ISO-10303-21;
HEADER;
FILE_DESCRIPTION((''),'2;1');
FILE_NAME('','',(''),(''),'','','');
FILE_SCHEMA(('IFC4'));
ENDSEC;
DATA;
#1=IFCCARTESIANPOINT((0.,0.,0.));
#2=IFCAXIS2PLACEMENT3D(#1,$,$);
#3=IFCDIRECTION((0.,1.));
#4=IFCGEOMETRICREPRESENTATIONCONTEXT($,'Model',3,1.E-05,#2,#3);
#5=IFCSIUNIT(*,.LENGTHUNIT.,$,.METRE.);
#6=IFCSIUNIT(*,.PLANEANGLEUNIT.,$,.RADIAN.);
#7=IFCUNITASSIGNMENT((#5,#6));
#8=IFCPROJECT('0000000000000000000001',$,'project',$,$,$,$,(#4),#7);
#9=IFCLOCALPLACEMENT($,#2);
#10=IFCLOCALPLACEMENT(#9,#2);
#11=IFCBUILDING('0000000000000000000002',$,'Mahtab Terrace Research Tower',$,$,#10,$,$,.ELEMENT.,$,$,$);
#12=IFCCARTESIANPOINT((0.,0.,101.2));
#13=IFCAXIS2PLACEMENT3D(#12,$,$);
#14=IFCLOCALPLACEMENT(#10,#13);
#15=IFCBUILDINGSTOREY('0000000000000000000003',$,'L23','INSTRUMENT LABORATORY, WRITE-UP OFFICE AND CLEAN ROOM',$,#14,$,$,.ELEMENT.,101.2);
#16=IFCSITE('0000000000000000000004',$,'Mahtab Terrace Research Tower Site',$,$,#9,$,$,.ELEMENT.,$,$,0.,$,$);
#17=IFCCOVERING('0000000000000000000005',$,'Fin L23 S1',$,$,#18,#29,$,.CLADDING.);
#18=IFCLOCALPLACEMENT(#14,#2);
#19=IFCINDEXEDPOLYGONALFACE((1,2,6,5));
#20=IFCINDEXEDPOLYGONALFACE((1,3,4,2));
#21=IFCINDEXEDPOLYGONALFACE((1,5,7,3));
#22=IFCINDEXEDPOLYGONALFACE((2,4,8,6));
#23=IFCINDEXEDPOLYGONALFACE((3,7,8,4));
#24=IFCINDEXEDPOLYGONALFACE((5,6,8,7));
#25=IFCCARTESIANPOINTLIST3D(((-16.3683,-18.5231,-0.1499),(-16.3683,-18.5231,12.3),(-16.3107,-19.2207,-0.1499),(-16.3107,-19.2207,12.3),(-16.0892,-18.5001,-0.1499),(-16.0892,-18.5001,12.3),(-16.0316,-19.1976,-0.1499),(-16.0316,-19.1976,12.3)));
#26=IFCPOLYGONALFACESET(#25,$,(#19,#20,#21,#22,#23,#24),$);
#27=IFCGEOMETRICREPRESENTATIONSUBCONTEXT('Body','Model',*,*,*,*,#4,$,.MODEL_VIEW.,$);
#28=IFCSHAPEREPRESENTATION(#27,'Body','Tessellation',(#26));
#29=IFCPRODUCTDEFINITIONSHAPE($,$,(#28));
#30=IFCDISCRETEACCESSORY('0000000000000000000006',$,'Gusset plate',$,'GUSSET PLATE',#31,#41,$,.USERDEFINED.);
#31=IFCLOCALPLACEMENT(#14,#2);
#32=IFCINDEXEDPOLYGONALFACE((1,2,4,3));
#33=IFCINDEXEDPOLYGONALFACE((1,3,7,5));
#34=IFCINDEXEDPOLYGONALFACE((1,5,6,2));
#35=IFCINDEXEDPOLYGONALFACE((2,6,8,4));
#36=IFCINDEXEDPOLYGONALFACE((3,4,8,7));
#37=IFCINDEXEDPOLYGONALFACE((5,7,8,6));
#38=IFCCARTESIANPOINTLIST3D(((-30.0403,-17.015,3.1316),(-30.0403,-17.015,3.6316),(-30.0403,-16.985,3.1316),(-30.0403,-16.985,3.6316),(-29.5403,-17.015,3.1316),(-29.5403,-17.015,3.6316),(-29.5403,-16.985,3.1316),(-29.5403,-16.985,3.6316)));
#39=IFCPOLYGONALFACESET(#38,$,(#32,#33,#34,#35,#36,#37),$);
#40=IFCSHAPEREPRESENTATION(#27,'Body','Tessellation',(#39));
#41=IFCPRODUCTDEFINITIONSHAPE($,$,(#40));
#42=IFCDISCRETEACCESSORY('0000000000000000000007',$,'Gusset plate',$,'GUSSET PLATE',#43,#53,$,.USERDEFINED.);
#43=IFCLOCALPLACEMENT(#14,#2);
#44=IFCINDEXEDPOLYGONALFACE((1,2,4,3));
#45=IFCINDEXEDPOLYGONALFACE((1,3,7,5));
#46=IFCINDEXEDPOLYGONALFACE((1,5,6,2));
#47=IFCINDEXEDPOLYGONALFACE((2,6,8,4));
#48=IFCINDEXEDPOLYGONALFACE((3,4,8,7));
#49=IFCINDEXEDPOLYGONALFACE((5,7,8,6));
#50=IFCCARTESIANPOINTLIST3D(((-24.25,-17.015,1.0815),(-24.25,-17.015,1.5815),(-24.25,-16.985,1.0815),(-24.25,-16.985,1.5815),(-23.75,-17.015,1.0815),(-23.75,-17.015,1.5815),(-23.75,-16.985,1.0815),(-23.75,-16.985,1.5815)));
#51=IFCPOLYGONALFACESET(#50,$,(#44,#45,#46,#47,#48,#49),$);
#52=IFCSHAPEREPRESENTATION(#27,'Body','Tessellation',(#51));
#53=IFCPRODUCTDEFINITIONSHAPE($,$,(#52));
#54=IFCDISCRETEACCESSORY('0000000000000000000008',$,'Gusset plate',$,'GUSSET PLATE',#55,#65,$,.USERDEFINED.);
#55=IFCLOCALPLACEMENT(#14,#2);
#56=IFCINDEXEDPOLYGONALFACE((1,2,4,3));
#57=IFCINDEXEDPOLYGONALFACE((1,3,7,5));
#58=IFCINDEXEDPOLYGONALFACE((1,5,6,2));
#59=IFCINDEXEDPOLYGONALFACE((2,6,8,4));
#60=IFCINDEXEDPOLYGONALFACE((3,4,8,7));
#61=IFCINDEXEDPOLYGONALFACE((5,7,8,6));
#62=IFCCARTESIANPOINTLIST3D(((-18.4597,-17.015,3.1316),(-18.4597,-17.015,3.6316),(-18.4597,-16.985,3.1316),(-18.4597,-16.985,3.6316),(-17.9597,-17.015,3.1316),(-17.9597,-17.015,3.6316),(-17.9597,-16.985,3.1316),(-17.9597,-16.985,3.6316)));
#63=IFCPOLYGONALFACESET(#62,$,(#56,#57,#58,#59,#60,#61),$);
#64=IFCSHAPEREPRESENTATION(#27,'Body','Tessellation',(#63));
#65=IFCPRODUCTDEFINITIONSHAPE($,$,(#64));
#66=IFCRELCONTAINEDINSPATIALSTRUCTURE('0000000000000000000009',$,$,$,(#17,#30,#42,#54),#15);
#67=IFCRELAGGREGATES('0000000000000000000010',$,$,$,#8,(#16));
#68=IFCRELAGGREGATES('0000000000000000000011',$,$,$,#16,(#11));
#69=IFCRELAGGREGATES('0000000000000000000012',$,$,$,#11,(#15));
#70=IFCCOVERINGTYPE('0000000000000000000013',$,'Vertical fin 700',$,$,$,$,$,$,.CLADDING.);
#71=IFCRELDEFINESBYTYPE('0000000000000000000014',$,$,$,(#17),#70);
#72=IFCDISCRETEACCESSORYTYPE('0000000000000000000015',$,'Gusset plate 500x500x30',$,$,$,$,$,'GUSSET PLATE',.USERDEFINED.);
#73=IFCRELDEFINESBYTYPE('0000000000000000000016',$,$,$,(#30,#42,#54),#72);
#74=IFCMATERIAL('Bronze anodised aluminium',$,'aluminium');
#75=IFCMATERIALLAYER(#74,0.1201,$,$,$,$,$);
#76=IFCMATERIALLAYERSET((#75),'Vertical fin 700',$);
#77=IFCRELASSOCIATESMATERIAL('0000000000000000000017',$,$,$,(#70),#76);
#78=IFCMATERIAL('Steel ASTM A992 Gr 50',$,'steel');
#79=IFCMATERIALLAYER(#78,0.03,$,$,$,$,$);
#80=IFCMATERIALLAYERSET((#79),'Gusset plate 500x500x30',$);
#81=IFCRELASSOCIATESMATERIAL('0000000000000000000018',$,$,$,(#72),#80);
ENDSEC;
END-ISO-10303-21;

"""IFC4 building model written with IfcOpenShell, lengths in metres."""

from ifc_helpers import new_model, si_unit, direction, frame, origin, origin_2d, place, context, subcontext, project, spatial, rectangle, extrude, material, layer, layer_set, type_object, element, save


model = new_model("IFC4")

# Units and contexts
model_context = context("Model", 3, precision=1e-05, world=origin(), true_north=direction((0.0, 1.0)))
body_context = subcontext(model_context, "Body", "Model", "MODEL_VIEW")
ifc_project = project(units=[si_unit("LENGTHUNIT", "METRE"), si_unit("PLANEANGLEUNIT", "RADIAN")], contexts=[model_context])

# Site, building, storey
site_placement = place(None, origin())
site = spatial("IfcSite", under=ifc_project, at=site_placement, Name="Mahtab Terrace Research Tower Site", CompositionType="ELEMENT", RefElevation=0.0)
building_placement = place(site_placement, origin())
building = spatial("IfcBuilding", under=site, at=building_placement, Name="Mahtab Terrace Research Tower", CompositionType="ELEMENT")
storey_placement = place(building_placement, frame((0.0, 0.0, 101.2)))
storey = spatial("IfcBuildingStorey", under=building, at=storey_placement, Name="L23", Description="INSTRUMENT LABORATORY, WRITE-UP OFFICE AND CLEAN ROOM", CompositionType="ELEMENT", Elevation=101.2)

# Shared definitions
ifc_material_1 = material(Name="Steel ASTM A992 Gr 50", Category="steel")

# Covering
ifc_material_2 = material(Name="Bronze anodised aluminium", Category="aluminium")
ifc_layer_1 = layer(ifc_material_2, 0.1201)
ifc_layer_set_1 = layer_set([ifc_layer_1], Name="Vertical fin 700")
covering_type = type_object("IfcCoveringType", Name="Vertical fin 700", PredefinedType="CLADDING", material=ifc_layer_set_1)
covering_placement = place(storey_placement, frame((-16.2, -18.8604, -0.1499), z_axis=(0.0, 0.0, 1.0), x_axis=(0.996617, 0.082187, 0.0)))
element("IfcCovering", 1, at=covering_placement, inside=storey, type_object=covering_type, Name="Fin L23 S1", PredefinedType="CLADDING", context=body_context, shape_type="SweptSolid", body=[
    extrude(rectangle(XDim=0.28, YDim=0.7, at=origin_2d()), origin(), (0.0, 0.0, 1.0), 12.45),
])

# Discrete accessories
ifc_layer_2 = layer(ifc_material_1, 0.03)
ifc_layer_set_2 = layer_set([ifc_layer_2], Name="Gusset plate 500x500x30")
discrete_accessory_type = type_object("IfcDiscreteAccessoryType", Name="Gusset plate 500x500x30", ElementType="GUSSET PLATE", PredefinedType="USERDEFINED", material=ifc_layer_set_2)
for number, where, z_axis, x_axis, name in (
    (2, (-29.7903, -17.0, 3.1316), (0.0, 0.0, 1.0), (1.0, 0.0, 0.0), "Gusset plate"),
    (3, (-24.0, -17.0, 1.0815), (0.0, 0.0, 1.0), (1.0, 0.0, 0.0), "Gusset plate"),
    (4, (-18.2097, -17.0, 3.1316), (0.0, 0.0, 1.0), (1.0, 0.0, 0.0), "Gusset plate"),
):
    element("IfcDiscreteAccessory", number, at=place(storey_placement, frame(where, z_axis=z_axis, x_axis=x_axis)), inside=storey, type_object=discrete_accessory_type, Name=name, ObjectType="GUSSET PLATE", PredefinedType="USERDEFINED", context=body_context, shape_type="SweptSolid", body=[
        extrude(rectangle(XDim=0.5, YDim=0.03, at=origin_2d()), origin(), (0.0, 0.0, 1.0), 0.5),
    ])

save(model, "model.ifc")
